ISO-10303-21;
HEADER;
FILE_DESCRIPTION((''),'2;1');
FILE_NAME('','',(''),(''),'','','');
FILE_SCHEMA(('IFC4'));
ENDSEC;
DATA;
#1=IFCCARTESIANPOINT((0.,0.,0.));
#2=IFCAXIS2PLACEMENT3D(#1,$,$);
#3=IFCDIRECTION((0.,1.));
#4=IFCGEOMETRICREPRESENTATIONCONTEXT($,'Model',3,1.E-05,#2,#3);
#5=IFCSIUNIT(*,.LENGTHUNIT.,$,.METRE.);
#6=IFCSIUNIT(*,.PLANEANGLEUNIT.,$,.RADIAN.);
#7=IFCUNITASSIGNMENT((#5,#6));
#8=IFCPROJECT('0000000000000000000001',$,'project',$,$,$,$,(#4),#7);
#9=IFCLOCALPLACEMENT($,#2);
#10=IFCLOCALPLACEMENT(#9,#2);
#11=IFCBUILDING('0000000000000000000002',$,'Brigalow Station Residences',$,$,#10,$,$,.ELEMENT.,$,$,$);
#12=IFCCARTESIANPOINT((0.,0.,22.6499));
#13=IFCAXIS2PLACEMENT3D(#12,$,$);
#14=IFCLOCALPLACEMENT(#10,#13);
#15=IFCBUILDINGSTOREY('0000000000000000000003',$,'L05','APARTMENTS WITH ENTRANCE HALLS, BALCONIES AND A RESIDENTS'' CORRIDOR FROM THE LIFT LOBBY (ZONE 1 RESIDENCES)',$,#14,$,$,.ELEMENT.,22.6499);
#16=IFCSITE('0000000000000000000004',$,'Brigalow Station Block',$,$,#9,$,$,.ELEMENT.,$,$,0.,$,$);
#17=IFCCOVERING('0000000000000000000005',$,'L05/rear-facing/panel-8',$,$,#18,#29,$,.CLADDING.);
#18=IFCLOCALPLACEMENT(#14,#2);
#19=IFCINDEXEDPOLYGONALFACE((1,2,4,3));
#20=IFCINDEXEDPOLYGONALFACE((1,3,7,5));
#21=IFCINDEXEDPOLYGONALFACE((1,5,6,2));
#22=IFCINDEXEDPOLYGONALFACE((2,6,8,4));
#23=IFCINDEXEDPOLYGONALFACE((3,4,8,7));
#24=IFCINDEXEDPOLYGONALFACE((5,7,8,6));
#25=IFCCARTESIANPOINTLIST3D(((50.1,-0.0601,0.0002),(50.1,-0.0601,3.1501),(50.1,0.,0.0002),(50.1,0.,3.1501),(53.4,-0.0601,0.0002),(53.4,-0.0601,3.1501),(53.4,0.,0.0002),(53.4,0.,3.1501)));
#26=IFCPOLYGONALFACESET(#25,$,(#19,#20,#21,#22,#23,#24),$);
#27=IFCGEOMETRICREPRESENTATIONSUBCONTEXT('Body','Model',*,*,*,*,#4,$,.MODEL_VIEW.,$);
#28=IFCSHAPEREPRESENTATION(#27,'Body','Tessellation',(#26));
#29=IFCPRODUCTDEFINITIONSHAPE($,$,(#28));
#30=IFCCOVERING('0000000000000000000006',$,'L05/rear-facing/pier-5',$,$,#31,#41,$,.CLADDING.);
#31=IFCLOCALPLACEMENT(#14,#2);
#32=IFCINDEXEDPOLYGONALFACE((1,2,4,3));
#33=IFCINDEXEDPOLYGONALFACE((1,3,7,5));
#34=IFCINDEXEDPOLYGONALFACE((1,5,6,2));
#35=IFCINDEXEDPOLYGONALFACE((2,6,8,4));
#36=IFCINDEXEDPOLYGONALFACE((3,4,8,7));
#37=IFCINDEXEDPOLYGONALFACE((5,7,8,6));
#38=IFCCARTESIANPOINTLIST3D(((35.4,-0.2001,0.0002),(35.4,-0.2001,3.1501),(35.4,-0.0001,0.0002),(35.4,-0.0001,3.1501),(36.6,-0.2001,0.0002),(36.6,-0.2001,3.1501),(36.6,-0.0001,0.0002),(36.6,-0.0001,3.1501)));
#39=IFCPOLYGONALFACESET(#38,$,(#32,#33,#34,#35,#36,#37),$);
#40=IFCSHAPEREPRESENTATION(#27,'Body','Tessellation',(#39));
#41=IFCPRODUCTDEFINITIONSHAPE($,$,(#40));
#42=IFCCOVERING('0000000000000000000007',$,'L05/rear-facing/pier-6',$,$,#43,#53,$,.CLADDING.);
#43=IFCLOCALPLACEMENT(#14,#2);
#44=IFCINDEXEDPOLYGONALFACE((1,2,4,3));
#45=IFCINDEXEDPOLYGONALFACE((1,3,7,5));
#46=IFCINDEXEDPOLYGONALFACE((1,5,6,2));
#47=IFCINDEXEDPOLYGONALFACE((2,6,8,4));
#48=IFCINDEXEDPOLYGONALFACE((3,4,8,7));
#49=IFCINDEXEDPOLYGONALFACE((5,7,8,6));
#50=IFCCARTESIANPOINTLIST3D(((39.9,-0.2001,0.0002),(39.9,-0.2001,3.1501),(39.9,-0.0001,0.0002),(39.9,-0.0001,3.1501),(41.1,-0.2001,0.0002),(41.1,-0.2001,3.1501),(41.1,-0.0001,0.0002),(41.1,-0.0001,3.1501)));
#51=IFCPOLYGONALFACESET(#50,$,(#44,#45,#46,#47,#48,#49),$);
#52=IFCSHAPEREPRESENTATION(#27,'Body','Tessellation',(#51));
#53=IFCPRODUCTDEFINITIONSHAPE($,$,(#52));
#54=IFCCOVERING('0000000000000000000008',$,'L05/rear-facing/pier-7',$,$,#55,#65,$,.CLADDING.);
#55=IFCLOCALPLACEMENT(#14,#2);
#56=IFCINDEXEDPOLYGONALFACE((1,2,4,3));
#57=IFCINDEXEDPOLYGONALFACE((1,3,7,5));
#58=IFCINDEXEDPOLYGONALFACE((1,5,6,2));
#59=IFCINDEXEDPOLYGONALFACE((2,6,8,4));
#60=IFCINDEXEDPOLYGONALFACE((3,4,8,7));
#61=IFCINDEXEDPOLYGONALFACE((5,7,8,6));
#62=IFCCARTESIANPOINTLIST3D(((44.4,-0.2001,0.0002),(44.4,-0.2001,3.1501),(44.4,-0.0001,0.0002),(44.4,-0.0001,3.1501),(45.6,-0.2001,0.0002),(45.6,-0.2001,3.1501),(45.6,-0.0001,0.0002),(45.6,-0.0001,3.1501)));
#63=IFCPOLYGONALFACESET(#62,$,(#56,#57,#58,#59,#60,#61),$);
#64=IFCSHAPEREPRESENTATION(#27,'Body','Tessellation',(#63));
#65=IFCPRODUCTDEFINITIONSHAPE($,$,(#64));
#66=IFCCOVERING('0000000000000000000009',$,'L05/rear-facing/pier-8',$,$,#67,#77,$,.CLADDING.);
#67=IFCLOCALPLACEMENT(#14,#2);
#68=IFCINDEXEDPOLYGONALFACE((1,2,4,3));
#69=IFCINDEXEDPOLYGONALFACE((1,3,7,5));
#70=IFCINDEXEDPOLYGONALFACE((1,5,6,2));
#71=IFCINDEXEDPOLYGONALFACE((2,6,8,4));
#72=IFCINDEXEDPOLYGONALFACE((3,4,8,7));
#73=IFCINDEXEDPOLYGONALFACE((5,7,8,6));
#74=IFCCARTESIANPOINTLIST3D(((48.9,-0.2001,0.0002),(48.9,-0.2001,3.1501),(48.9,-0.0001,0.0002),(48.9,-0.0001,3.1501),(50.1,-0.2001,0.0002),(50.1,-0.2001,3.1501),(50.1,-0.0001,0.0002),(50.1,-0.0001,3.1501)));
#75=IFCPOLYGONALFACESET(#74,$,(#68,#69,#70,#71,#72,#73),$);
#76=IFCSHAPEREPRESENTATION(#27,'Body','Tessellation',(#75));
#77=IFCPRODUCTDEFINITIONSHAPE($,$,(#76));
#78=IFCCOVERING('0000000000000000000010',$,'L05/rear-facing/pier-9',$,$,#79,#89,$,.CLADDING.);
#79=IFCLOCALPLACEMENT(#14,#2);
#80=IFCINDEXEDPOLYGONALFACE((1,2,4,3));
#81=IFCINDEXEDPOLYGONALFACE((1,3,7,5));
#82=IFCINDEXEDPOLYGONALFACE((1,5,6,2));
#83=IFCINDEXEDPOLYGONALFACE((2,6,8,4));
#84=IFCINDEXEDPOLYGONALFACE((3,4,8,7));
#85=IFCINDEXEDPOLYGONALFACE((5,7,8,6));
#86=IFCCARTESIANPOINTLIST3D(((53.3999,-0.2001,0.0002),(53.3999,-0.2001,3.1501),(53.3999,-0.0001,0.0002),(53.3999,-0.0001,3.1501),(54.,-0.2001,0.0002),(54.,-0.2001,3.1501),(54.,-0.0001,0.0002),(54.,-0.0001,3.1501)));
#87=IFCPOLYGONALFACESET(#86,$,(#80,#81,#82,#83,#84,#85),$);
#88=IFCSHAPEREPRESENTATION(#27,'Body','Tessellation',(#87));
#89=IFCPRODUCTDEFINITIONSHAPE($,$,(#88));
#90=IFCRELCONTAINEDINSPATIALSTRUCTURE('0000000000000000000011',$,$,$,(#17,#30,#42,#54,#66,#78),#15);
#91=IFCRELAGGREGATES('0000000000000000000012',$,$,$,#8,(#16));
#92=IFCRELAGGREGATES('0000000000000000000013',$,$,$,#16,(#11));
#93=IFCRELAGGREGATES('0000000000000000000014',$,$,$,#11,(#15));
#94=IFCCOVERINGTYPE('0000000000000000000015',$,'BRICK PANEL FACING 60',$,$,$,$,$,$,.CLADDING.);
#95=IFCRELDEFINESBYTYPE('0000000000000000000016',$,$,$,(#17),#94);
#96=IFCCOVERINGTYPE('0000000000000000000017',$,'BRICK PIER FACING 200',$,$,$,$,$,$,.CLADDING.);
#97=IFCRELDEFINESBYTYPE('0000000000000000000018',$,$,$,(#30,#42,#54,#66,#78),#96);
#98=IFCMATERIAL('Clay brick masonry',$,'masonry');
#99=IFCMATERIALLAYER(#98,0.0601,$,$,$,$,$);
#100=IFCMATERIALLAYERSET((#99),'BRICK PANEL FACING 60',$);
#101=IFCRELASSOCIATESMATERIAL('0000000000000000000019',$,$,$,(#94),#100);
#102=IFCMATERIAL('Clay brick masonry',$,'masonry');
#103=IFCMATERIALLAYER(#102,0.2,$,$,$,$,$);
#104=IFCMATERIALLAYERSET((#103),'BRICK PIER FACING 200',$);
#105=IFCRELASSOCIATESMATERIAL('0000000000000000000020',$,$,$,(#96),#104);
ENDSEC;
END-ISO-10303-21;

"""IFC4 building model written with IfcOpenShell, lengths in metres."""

from ifc_helpers import new_model, si_unit, direction, frame, origin, origin_2d, place, context, subcontext, project, spatial, rectangle, extrude, material, layer, layer_set, type_object, element, save


model = new_model("IFC4")

# Units and contexts
model_context = context("Model", 3, precision=1e-05, world=origin(), true_north=direction((0.0, 1.0)))
body_context = subcontext(model_context, "Body", "Model", "MODEL_VIEW")
ifc_project = project(units=[si_unit("LENGTHUNIT", "METRE"), si_unit("PLANEANGLEUNIT", "RADIAN")], contexts=[model_context])

# Site, building, storey
site_placement = place(None, origin())
site = spatial("IfcSite", under=ifc_project, at=site_placement, Name="Brigalow Station Block", CompositionType="ELEMENT", RefElevation=0.0)
building_placement = place(site_placement, origin())
building = spatial("IfcBuilding", under=site, at=building_placement, Name="Brigalow Station Residences", CompositionType="ELEMENT")
storey_placement = place(building_placement, frame((0.0, 0.0, 22.6499)))
storey = spatial("IfcBuildingStorey", under=building, at=storey_placement, Name="L05", Description="APARTMENTS WITH ENTRANCE HALLS, BALCONIES AND A RESIDENTS' CORRIDOR FROM THE LIFT LOBBY (ZONE 1 RESIDENCES)", CompositionType="ELEMENT", Elevation=22.6499)

# Coverings
ifc_material_1 = material(Name="Clay brick masonry", Category="masonry")
ifc_layer_1 = layer(ifc_material_1, 0.0601)
ifc_layer_set_1 = layer_set([ifc_layer_1], Name="BRICK PANEL FACING 60")
covering_type_1 = type_object("IfcCoveringType", Name="BRICK PANEL FACING 60", PredefinedType="CLADDING", material=ifc_layer_set_1)
for number, where, z_axis, x_axis, name in (
    (1, (51.75, -0.03, 0.0002), (0.0, 0.0, 1.0), (1.0, 0.0, 0.0), "L05/rear-facing/panel-8"),
):
    element("IfcCovering", number, at=place(storey_placement, frame(where, z_axis=z_axis, x_axis=x_axis)), inside=storey, type_object=covering_type_1, Name=name, PredefinedType="CLADDING", context=body_context, shape_type="SweptSolid", body=[
        extrude(rectangle(XDim=3.3, YDim=0.0601, at=origin_2d()), origin(), (0.0, 0.0, 1.0), 3.1499),
    ])
ifc_material_2 = material(Name="Clay brick masonry", Category="masonry")
ifc_layer_2 = layer(ifc_material_2, 0.2)
ifc_layer_set_2 = layer_set([ifc_layer_2], Name="BRICK PIER FACING 200")
covering_type_2 = type_object("IfcCoveringType", Name="BRICK PIER FACING 200", PredefinedType="CLADDING", material=ifc_layer_set_2)
for number, where, z_axis, x_axis, name in (
    (2, (36.0, -0.1001, 0.0002), (0.0, 0.0, 1.0), (1.0, 0.0, 0.0), "L05/rear-facing/pier-5"),
    (3, (40.5, -0.1001, 0.0002), (0.0, 0.0, 1.0), (1.0, 0.0, 0.0), "L05/rear-facing/pier-6"),
    (4, (45.0, -0.1001, 0.0002), (0.0, 0.0, 1.0), (1.0, 0.0, 0.0), "L05/rear-facing/pier-7"),
    (5, (49.5, -0.1001, 0.0002), (0.0, 0.0, 1.0), (1.0, 0.0, 0.0), "L05/rear-facing/pier-8"),
):
    element("IfcCovering", number, at=place(storey_placement, frame(where, z_axis=z_axis, x_axis=x_axis)), inside=storey, type_object=covering_type_2, Name=name, PredefinedType="CLADDING", context=body_context, shape_type="SweptSolid", body=[
        extrude(rectangle(XDim=1.2, YDim=0.2, at=origin_2d()), origin(), (0.0, 0.0, 1.0), 3.1499),
    ])
covering_placement = place(storey_placement, frame((53.7, -0.1001, 0.0002), z_axis=(0.0, 0.0, 1.0), x_axis=(1.0, 0.0, 0.0)))
element("IfcCovering", 6, at=covering_placement, inside=storey, type_object=covering_type_2, Name="L05/rear-facing/pier-9", PredefinedType="CLADDING", context=body_context, shape_type="SweptSolid", body=[
    extrude(rectangle(XDim=0.6001, YDim=0.2, at=origin_2d()), origin(), (0.0, 0.0, 1.0), 3.1499),
])

save(model, "model.ifc")
